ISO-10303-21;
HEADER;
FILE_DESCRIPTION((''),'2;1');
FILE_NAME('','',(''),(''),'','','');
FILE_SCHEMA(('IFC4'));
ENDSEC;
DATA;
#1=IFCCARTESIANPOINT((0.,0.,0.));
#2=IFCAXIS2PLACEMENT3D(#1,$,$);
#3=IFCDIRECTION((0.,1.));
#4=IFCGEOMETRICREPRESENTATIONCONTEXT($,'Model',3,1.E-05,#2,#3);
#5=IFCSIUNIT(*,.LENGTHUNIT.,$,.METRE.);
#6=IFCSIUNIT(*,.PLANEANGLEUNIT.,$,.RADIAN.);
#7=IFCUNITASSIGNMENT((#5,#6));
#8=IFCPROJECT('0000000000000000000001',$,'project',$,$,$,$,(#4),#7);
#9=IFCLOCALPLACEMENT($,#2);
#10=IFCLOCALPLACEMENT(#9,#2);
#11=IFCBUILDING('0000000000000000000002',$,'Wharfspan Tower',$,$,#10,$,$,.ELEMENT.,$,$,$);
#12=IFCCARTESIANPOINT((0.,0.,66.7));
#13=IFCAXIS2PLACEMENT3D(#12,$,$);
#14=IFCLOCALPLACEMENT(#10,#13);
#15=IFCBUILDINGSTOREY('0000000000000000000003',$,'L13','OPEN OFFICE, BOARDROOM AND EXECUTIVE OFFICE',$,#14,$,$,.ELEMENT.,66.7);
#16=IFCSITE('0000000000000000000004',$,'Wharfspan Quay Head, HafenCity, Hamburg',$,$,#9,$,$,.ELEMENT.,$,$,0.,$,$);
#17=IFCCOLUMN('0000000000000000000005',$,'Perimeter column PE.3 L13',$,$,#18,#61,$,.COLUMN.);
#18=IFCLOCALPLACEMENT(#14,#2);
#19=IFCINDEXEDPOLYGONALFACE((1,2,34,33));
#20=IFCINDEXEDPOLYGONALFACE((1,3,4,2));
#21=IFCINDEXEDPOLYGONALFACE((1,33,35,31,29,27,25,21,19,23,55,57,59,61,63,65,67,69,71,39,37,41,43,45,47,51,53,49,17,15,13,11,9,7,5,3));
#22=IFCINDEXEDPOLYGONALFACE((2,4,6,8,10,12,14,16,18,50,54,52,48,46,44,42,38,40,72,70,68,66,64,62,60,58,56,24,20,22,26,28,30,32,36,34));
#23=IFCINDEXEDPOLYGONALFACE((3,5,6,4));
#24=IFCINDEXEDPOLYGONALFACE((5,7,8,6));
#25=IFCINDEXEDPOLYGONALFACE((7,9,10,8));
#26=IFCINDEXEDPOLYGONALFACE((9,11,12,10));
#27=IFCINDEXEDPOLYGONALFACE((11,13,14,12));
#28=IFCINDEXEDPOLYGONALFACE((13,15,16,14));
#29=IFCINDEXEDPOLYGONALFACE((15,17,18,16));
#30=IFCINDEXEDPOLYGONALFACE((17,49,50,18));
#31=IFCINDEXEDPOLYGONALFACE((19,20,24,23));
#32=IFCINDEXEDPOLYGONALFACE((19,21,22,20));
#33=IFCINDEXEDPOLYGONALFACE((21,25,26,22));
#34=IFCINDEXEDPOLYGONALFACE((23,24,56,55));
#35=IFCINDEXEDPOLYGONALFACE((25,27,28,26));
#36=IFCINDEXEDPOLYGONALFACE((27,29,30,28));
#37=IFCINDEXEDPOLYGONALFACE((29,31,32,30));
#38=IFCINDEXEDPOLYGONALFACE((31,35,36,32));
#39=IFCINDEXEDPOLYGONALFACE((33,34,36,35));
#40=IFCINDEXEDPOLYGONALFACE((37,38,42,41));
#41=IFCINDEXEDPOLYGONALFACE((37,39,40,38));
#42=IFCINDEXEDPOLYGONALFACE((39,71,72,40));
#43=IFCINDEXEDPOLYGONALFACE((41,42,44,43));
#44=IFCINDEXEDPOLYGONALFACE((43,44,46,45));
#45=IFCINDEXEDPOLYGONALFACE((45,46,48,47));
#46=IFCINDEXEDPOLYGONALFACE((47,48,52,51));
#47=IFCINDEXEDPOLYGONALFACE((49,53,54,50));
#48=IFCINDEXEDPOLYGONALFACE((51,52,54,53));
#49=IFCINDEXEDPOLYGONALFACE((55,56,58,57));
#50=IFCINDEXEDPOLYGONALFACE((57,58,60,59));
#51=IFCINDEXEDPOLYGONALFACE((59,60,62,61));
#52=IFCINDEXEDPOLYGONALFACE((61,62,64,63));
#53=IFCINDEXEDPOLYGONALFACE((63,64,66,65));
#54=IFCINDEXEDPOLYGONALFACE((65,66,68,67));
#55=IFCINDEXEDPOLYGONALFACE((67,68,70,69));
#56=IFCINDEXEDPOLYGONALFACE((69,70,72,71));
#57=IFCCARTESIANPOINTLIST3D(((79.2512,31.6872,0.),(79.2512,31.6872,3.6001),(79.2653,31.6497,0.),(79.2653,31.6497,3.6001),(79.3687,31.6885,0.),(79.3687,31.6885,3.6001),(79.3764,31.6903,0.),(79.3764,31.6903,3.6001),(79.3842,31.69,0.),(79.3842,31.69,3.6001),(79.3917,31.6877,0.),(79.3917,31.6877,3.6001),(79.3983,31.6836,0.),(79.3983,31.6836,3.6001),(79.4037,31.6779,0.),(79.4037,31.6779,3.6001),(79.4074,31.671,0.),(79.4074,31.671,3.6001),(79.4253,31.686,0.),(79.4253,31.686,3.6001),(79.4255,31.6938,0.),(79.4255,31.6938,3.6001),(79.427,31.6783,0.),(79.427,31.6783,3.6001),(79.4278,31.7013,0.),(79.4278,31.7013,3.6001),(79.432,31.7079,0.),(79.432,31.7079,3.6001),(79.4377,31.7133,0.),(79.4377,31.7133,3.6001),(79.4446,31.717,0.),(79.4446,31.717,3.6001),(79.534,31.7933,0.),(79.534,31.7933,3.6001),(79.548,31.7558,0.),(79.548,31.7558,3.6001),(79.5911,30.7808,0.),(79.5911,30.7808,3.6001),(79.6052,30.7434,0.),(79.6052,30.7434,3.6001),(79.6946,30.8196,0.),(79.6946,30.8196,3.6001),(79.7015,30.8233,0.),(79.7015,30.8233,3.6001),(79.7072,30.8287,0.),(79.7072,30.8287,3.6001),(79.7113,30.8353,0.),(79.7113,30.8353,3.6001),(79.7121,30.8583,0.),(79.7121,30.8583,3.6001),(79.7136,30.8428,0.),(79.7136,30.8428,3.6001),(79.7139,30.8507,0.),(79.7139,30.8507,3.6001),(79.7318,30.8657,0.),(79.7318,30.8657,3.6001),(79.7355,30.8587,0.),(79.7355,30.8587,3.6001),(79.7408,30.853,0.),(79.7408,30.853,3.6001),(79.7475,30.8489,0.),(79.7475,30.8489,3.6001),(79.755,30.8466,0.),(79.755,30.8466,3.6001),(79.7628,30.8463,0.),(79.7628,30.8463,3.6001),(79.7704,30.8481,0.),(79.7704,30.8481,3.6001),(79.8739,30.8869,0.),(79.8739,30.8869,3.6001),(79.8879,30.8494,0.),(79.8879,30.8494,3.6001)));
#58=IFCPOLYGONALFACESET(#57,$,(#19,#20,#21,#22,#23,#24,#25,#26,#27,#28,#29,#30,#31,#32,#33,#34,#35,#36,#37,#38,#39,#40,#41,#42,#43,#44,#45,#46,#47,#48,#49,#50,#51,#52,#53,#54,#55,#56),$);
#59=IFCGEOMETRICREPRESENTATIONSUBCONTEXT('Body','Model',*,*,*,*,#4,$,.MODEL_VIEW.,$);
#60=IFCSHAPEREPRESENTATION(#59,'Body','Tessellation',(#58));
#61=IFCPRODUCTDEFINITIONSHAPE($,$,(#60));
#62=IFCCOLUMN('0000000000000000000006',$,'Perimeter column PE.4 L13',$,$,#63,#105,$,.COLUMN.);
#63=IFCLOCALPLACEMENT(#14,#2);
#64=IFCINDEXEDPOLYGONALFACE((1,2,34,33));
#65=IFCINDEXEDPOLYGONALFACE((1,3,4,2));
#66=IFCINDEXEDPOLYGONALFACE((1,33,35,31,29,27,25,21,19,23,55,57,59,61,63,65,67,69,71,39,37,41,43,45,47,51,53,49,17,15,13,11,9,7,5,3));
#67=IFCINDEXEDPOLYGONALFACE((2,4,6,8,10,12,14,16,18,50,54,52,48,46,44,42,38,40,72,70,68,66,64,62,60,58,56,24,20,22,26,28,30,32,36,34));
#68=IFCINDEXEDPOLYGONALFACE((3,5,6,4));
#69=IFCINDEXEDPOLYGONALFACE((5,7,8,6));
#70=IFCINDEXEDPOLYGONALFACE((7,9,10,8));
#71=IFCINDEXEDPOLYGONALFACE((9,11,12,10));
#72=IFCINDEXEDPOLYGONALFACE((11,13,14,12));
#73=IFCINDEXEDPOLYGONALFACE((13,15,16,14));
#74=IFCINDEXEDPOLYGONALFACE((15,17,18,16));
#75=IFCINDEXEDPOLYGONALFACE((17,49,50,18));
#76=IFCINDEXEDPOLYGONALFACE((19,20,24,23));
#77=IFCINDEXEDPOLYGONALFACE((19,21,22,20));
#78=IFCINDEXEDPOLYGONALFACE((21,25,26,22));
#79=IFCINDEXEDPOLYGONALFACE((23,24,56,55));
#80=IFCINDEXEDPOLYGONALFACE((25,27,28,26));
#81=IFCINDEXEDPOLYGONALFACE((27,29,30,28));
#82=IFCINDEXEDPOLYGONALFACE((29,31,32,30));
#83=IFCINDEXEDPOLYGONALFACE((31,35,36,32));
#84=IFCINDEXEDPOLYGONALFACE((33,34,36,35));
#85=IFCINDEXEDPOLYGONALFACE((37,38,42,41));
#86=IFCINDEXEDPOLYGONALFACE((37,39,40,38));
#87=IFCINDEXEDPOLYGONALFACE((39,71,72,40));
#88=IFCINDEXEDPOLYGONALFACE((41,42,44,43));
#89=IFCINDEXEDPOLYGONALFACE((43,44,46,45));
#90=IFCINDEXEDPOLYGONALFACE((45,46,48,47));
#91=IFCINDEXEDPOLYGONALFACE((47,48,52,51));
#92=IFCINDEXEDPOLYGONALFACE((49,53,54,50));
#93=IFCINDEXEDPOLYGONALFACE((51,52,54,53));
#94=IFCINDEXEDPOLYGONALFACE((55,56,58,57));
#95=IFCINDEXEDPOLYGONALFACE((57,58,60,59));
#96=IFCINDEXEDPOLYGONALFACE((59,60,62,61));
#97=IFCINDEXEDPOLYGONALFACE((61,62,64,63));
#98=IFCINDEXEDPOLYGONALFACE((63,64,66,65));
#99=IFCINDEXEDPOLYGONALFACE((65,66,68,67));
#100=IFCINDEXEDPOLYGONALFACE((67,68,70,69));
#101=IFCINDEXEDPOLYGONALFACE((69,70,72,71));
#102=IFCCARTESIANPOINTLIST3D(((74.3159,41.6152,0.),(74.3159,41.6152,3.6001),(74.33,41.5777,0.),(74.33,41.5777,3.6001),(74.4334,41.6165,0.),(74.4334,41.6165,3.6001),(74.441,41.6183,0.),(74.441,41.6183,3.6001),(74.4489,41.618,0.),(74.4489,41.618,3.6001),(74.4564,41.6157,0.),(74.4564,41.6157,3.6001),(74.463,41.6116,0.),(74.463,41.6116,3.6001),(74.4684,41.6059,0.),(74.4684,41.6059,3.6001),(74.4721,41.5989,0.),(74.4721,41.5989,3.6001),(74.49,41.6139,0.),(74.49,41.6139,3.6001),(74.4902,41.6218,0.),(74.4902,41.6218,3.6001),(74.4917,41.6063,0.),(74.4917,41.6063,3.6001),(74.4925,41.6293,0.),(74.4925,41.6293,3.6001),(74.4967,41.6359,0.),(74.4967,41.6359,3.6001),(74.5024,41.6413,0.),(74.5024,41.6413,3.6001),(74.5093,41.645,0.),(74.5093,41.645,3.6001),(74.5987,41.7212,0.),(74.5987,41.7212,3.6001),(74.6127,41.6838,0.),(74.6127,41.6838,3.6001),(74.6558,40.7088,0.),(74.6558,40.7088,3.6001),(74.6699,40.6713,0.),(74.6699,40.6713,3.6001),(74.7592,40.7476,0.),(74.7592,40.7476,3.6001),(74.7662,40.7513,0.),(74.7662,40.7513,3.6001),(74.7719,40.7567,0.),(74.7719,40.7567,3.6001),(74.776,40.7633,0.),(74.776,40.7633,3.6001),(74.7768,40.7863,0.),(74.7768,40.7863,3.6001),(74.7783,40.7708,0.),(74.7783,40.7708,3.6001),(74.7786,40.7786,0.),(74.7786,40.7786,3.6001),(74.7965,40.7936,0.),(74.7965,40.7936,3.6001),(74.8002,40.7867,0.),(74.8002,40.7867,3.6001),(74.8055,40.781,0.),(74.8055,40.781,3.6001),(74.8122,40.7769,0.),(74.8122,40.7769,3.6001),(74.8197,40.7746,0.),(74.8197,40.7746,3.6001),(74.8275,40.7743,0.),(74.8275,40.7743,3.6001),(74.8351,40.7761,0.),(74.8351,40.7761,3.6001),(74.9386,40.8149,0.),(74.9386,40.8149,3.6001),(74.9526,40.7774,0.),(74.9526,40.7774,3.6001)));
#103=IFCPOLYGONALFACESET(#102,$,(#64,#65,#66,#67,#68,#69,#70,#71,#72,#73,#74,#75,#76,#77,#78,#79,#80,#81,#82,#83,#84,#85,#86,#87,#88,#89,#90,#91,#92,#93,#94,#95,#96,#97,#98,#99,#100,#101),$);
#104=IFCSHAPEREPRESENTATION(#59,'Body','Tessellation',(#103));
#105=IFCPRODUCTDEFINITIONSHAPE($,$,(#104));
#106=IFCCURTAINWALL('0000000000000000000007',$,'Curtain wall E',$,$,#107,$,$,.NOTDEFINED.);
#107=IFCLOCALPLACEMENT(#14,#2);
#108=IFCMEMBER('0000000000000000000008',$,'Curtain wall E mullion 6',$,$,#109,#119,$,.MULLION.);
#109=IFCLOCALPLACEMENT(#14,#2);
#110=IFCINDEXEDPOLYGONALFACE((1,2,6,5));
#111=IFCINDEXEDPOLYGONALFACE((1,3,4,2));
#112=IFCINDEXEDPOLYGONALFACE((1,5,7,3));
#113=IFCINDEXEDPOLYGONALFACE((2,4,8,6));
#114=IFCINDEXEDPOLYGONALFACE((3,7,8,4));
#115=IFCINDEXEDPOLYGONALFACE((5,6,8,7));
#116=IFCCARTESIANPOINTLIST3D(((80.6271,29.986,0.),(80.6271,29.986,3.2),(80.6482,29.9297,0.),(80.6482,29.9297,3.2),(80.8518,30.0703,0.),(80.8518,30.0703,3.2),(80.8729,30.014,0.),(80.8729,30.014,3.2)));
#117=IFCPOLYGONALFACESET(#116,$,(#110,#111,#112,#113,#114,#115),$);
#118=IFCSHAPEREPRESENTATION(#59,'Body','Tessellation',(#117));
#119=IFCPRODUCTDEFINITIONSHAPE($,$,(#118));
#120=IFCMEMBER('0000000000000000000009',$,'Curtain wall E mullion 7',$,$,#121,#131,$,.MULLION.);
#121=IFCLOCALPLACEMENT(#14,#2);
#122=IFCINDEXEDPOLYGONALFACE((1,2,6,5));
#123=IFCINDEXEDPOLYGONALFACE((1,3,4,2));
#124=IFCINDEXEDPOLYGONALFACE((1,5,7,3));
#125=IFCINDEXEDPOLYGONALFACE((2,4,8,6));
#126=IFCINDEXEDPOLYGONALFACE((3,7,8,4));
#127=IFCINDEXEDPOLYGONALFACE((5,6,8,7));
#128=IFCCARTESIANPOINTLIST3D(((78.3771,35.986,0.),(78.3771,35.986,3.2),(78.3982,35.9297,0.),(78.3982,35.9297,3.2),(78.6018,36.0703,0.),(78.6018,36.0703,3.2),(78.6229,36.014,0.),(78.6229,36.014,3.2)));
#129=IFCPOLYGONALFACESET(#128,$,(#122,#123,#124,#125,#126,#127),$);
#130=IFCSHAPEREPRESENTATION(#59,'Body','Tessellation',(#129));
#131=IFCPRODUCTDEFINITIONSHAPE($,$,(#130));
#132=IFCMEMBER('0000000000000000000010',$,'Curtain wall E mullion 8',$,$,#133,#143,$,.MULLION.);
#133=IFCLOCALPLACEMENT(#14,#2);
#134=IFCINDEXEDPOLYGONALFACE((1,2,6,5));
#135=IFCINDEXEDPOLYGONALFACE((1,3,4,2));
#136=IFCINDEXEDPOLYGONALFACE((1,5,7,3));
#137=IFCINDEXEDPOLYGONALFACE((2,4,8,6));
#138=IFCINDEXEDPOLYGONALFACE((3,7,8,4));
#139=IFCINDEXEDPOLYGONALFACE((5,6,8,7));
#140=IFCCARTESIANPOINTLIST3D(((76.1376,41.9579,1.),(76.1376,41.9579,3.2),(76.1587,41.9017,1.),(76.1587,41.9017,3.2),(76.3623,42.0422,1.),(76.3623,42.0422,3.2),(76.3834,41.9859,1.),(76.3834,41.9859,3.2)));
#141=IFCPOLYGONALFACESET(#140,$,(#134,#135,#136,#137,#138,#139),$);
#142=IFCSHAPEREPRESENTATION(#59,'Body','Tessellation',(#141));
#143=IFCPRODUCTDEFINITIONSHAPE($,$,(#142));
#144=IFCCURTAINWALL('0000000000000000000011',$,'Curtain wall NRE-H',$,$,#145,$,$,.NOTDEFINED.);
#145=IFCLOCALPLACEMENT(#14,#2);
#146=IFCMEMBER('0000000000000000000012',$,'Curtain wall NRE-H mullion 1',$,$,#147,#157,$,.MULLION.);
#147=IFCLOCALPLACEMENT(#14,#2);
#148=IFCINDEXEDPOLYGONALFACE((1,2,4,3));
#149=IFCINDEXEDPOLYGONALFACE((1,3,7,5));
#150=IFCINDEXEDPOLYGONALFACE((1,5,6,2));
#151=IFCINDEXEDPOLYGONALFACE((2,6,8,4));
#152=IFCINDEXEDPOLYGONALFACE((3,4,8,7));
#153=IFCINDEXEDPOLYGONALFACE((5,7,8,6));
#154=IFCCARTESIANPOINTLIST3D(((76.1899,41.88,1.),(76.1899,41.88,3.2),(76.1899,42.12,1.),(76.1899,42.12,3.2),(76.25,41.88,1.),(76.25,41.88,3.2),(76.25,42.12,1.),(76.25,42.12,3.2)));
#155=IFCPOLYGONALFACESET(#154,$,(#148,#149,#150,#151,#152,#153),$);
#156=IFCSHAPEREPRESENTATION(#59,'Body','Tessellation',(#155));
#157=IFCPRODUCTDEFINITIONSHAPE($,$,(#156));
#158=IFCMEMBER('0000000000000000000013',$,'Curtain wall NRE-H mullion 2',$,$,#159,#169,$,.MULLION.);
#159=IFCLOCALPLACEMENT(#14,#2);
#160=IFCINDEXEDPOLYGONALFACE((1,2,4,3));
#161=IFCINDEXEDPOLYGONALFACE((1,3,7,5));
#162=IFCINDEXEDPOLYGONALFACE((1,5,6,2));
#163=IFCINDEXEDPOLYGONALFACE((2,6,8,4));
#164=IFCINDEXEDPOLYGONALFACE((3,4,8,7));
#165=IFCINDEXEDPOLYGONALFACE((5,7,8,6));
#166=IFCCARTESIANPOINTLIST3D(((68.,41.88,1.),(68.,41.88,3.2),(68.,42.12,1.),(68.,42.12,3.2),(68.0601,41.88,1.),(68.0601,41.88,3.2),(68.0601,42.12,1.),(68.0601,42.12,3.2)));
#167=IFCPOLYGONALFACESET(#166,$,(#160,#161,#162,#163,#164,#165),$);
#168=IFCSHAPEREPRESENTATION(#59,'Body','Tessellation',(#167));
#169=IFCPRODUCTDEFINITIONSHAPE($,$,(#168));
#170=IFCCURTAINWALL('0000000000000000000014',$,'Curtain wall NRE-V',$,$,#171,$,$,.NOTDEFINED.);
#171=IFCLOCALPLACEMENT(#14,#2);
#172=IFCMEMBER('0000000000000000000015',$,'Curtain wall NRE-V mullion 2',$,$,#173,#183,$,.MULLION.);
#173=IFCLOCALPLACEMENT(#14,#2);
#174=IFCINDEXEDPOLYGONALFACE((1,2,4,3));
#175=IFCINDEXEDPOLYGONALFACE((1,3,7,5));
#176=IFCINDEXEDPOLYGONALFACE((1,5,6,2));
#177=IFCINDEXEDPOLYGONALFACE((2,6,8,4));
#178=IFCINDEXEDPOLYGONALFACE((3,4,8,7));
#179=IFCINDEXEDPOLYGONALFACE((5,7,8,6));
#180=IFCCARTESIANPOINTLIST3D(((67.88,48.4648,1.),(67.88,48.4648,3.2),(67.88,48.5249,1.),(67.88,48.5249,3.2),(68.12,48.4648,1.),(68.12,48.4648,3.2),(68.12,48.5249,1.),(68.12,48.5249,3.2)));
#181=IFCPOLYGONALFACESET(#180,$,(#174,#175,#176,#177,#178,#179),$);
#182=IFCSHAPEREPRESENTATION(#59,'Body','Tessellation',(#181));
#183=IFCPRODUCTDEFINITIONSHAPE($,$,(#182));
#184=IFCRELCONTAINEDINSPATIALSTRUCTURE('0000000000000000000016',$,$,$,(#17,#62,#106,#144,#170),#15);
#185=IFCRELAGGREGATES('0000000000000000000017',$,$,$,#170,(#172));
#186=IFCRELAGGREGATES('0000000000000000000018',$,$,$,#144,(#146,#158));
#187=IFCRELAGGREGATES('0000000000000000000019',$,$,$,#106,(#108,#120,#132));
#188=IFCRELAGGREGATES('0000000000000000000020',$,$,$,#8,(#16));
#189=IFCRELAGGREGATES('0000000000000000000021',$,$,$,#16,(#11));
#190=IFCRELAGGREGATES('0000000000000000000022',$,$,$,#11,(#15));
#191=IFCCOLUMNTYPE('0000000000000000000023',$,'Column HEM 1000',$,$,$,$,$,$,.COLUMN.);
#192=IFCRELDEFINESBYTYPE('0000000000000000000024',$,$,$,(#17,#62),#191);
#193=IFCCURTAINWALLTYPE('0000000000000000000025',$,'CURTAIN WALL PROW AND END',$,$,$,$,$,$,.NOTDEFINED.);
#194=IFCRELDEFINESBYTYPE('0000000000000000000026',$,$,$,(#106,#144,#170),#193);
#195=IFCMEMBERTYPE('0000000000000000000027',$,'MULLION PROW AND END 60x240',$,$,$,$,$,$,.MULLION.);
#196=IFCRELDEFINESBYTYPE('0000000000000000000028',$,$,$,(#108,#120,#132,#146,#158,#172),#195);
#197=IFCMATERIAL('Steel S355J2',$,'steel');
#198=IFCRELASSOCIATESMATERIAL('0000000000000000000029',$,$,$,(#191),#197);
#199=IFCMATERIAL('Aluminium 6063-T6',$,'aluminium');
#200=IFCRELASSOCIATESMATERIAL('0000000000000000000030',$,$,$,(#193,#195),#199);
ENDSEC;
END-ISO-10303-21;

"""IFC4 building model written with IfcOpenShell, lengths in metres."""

from ifc_helpers import new_model, si_unit, direction, frame, origin, origin_2d, place, context, subcontext, project, spatial, rectangle, i_section, extrude, material, material_profile, profile_set, type_object, element, aggregate, save


model = new_model("IFC4")

# Units and contexts
model_context = context("Model", 3, precision=1e-05, world=origin(), true_north=direction((0.0, 1.0)))
body_context = subcontext(model_context, "Body", "Model", "MODEL_VIEW")
ifc_project = project(units=[si_unit("LENGTHUNIT", "METRE"), si_unit("PLANEANGLEUNIT", "RADIAN")], contexts=[model_context])

# Site, building, storey
site_placement = place(None, origin())
site = spatial("IfcSite", under=ifc_project, at=site_placement, Name="Wharfspan Quay Head, HafenCity, Hamburg", CompositionType="ELEMENT", RefElevation=0.0)
building_placement = place(site_placement, origin())
building = spatial("IfcBuilding", under=site, at=building_placement, Name="Wharfspan Tower", CompositionType="ELEMENT")
storey_placement = place(building_placement, frame((0.0, 0.0, 66.7)))
storey = spatial("IfcBuildingStorey", under=building, at=storey_placement, Name="L13", Description="OPEN OFFICE, BOARDROOM AND EXECUTIVE OFFICE", CompositionType="ELEMENT", Elevation=66.7)

# Columns
ifc_material_1 = material(Name="Steel S355J2", Category="steel")
ifc_material_profile_1 = material_profile(ifc_material_1, i_section(OverallWidth=0.302, OverallDepth=1.0081, WebThickness=0.021, FlangeThickness=0.04, FilletRadius=0.03, at=origin_2d()))
ifc_profile_set_1 = profile_set([ifc_material_profile_1], Name="Steel S355J2")
column_type = type_object("IfcColumnType", Name="Column HEM 1000", PredefinedType="COLUMN", material=ifc_profile_set_1)
for number, where, z_axis, x_axis, name in (
    (1, (79.5696, 31.2683, 0.0), (0.0, 0.0, 1.0), (0.936328, 0.351123, 0.0), "Perimeter column PE.3 L13"),
    (2, (74.6343, 41.1963, 0.0), (0.0, 0.0, 1.0), (0.936328, 0.351123, 0.0), "Perimeter column PE.4 L13"),
):
    element("IfcColumn", number, at=place(storey_placement, frame(where, z_axis=z_axis, x_axis=x_axis)), inside=storey, type_object=column_type, Name=name, PredefinedType="COLUMN", context=body_context, shape_type="SweptSolid", body=[
        extrude(i_section(OverallWidth=0.302, OverallDepth=1.0081, WebThickness=0.021, FlangeThickness=0.04, FilletRadius=0.03, at=origin_2d()), origin(), (0.0, 0.0, 1.0), 3.6001),
    ])

# Curtain walls, members
ifc_material_2 = material(Name="Aluminium 6063-T6", Category="aluminium")
curtain_wall_type = type_object("IfcCurtainWallType", Name="CURTAIN WALL PROW AND END", PredefinedType="NOTDEFINED", material=ifc_material_2)
curtain_wall_1_placement = place(storey_placement, origin())
curtain_wall_1 = element("IfcCurtainWall", 3, at=curtain_wall_1_placement, inside=storey, type_object=curtain_wall_type, Name="Curtain wall E", PredefinedType="NOTDEFINED")
ifc_material_profile_2 = material_profile(ifc_material_2, rectangle(XDim=0.24, YDim=0.0601, at=origin_2d()))
ifc_profile_set_2 = profile_set([ifc_material_profile_2], Name="Aluminium 6063-T6")
member_type_1 = type_object("IfcMemberType", Name="MULLION PROW AND END 60x240", PredefinedType="MULLION", material=ifc_profile_set_2)
member_1_placement = place(storey_placement, frame((80.75, 30.0, 0.0), z_axis=(0.0, 0.0, 1.0), x_axis=(-0.936328, -0.351123, 0.0)))
member_1 = element("IfcMember", 4, at=member_1_placement, type_object=member_type_1, Name="Curtain wall E mullion 6", PredefinedType="MULLION", context=body_context, shape_type="SweptSolid", body=[
    extrude(rectangle(XDim=0.24, YDim=0.0601, at=origin_2d()), origin(), (0.0, 0.0, 1.0), 3.2),
])
member_2_placement = place(storey_placement, frame((78.5, 36.0, 0.0), z_axis=(0.0, 0.0, 1.0), x_axis=(-0.936328, -0.351123, 0.0)))
member_2 = element("IfcMember", 5, at=member_2_placement, type_object=member_type_1, Name="Curtain wall E mullion 7", PredefinedType="MULLION", context=body_context, shape_type="SweptSolid", body=[
    extrude(rectangle(XDim=0.24, YDim=0.0601, at=origin_2d()), origin(), (0.0, 0.0, 1.0), 3.2),
])
member_3_placement = place(storey_placement, frame((76.2605, 41.9719, 1.0), z_axis=(0.0, 0.0, 1.0), x_axis=(-0.936328, -0.351123, 0.0)))
member_3 = element("IfcMember", 6, at=member_3_placement, type_object=member_type_1, Name="Curtain wall E mullion 8", PredefinedType="MULLION", context=body_context, shape_type="SweptSolid", body=[
    extrude(rectangle(XDim=0.24, YDim=0.0601, at=origin_2d()), origin(), (0.0, 0.0, 1.0), 2.2),
])
curtain_wall_2_placement = place(storey_placement, origin())
curtain_wall_2 = element("IfcCurtainWall", 7, at=curtain_wall_2_placement, inside=storey, type_object=curtain_wall_type, Name="Curtain wall NRE-H", PredefinedType="NOTDEFINED")
member_4_placement = place(storey_placement, frame((76.22, 42.0, 1.0), z_axis=(0.0, 0.0, 1.0), x_axis=(0.0, -1.0, 0.0)))
member_4 = element("IfcMember", 8, at=member_4_placement, type_object=member_type_1, Name="Curtain wall NRE-H mullion 1", PredefinedType="MULLION", context=body_context, shape_type="SweptSolid", body=[
    extrude(rectangle(XDim=0.24, YDim=0.0601, at=origin_2d()), origin(), (0.0, 0.0, 1.0), 2.2),
])
member_5_placement = place(storey_placement, frame((68.03, 42.0, 1.0), z_axis=(0.0, 0.0, 1.0), x_axis=(0.0, -1.0, 0.0)))
member_5 = element("IfcMember", 9, at=member_5_placement, type_object=member_type_1, Name="Curtain wall NRE-H mullion 2", PredefinedType="MULLION", context=body_context, shape_type="SweptSolid", body=[
    extrude(rectangle(XDim=0.24, YDim=0.0601, at=origin_2d()), origin(), (0.0, 0.0, 1.0), 2.2),
])

# Curtain wall, member
curtain_wall_3_placement = place(storey_placement, origin())
curtain_wall_3 = element("IfcCurtainWall", 10, at=curtain_wall_3_placement, inside=storey, type_object=curtain_wall_type, Name="Curtain wall NRE-V", PredefinedType="NOTDEFINED")
member_6_placement = place(storey_placement, frame((68.0, 48.4949, 1.0), z_axis=(0.0, 0.0, 1.0), x_axis=(-1.0, 0.0, 0.0)))
member_6 = element("IfcMember", 11, at=member_6_placement, type_object=member_type_1, Name="Curtain wall NRE-V mullion 2", PredefinedType="MULLION", context=body_context, shape_type="SweptSolid", body=[
    extrude(rectangle(XDim=0.24, YDim=0.0601, at=origin_2d()), origin(), (0.0, 0.0, 1.0), 2.2),
])

aggregate(curtain_wall_3, [member_6])

aggregate(curtain_wall_2, [member_4, member_5])
aggregate(curtain_wall_1, [member_1, member_2, member_3])

save(model, "model.ifc")
